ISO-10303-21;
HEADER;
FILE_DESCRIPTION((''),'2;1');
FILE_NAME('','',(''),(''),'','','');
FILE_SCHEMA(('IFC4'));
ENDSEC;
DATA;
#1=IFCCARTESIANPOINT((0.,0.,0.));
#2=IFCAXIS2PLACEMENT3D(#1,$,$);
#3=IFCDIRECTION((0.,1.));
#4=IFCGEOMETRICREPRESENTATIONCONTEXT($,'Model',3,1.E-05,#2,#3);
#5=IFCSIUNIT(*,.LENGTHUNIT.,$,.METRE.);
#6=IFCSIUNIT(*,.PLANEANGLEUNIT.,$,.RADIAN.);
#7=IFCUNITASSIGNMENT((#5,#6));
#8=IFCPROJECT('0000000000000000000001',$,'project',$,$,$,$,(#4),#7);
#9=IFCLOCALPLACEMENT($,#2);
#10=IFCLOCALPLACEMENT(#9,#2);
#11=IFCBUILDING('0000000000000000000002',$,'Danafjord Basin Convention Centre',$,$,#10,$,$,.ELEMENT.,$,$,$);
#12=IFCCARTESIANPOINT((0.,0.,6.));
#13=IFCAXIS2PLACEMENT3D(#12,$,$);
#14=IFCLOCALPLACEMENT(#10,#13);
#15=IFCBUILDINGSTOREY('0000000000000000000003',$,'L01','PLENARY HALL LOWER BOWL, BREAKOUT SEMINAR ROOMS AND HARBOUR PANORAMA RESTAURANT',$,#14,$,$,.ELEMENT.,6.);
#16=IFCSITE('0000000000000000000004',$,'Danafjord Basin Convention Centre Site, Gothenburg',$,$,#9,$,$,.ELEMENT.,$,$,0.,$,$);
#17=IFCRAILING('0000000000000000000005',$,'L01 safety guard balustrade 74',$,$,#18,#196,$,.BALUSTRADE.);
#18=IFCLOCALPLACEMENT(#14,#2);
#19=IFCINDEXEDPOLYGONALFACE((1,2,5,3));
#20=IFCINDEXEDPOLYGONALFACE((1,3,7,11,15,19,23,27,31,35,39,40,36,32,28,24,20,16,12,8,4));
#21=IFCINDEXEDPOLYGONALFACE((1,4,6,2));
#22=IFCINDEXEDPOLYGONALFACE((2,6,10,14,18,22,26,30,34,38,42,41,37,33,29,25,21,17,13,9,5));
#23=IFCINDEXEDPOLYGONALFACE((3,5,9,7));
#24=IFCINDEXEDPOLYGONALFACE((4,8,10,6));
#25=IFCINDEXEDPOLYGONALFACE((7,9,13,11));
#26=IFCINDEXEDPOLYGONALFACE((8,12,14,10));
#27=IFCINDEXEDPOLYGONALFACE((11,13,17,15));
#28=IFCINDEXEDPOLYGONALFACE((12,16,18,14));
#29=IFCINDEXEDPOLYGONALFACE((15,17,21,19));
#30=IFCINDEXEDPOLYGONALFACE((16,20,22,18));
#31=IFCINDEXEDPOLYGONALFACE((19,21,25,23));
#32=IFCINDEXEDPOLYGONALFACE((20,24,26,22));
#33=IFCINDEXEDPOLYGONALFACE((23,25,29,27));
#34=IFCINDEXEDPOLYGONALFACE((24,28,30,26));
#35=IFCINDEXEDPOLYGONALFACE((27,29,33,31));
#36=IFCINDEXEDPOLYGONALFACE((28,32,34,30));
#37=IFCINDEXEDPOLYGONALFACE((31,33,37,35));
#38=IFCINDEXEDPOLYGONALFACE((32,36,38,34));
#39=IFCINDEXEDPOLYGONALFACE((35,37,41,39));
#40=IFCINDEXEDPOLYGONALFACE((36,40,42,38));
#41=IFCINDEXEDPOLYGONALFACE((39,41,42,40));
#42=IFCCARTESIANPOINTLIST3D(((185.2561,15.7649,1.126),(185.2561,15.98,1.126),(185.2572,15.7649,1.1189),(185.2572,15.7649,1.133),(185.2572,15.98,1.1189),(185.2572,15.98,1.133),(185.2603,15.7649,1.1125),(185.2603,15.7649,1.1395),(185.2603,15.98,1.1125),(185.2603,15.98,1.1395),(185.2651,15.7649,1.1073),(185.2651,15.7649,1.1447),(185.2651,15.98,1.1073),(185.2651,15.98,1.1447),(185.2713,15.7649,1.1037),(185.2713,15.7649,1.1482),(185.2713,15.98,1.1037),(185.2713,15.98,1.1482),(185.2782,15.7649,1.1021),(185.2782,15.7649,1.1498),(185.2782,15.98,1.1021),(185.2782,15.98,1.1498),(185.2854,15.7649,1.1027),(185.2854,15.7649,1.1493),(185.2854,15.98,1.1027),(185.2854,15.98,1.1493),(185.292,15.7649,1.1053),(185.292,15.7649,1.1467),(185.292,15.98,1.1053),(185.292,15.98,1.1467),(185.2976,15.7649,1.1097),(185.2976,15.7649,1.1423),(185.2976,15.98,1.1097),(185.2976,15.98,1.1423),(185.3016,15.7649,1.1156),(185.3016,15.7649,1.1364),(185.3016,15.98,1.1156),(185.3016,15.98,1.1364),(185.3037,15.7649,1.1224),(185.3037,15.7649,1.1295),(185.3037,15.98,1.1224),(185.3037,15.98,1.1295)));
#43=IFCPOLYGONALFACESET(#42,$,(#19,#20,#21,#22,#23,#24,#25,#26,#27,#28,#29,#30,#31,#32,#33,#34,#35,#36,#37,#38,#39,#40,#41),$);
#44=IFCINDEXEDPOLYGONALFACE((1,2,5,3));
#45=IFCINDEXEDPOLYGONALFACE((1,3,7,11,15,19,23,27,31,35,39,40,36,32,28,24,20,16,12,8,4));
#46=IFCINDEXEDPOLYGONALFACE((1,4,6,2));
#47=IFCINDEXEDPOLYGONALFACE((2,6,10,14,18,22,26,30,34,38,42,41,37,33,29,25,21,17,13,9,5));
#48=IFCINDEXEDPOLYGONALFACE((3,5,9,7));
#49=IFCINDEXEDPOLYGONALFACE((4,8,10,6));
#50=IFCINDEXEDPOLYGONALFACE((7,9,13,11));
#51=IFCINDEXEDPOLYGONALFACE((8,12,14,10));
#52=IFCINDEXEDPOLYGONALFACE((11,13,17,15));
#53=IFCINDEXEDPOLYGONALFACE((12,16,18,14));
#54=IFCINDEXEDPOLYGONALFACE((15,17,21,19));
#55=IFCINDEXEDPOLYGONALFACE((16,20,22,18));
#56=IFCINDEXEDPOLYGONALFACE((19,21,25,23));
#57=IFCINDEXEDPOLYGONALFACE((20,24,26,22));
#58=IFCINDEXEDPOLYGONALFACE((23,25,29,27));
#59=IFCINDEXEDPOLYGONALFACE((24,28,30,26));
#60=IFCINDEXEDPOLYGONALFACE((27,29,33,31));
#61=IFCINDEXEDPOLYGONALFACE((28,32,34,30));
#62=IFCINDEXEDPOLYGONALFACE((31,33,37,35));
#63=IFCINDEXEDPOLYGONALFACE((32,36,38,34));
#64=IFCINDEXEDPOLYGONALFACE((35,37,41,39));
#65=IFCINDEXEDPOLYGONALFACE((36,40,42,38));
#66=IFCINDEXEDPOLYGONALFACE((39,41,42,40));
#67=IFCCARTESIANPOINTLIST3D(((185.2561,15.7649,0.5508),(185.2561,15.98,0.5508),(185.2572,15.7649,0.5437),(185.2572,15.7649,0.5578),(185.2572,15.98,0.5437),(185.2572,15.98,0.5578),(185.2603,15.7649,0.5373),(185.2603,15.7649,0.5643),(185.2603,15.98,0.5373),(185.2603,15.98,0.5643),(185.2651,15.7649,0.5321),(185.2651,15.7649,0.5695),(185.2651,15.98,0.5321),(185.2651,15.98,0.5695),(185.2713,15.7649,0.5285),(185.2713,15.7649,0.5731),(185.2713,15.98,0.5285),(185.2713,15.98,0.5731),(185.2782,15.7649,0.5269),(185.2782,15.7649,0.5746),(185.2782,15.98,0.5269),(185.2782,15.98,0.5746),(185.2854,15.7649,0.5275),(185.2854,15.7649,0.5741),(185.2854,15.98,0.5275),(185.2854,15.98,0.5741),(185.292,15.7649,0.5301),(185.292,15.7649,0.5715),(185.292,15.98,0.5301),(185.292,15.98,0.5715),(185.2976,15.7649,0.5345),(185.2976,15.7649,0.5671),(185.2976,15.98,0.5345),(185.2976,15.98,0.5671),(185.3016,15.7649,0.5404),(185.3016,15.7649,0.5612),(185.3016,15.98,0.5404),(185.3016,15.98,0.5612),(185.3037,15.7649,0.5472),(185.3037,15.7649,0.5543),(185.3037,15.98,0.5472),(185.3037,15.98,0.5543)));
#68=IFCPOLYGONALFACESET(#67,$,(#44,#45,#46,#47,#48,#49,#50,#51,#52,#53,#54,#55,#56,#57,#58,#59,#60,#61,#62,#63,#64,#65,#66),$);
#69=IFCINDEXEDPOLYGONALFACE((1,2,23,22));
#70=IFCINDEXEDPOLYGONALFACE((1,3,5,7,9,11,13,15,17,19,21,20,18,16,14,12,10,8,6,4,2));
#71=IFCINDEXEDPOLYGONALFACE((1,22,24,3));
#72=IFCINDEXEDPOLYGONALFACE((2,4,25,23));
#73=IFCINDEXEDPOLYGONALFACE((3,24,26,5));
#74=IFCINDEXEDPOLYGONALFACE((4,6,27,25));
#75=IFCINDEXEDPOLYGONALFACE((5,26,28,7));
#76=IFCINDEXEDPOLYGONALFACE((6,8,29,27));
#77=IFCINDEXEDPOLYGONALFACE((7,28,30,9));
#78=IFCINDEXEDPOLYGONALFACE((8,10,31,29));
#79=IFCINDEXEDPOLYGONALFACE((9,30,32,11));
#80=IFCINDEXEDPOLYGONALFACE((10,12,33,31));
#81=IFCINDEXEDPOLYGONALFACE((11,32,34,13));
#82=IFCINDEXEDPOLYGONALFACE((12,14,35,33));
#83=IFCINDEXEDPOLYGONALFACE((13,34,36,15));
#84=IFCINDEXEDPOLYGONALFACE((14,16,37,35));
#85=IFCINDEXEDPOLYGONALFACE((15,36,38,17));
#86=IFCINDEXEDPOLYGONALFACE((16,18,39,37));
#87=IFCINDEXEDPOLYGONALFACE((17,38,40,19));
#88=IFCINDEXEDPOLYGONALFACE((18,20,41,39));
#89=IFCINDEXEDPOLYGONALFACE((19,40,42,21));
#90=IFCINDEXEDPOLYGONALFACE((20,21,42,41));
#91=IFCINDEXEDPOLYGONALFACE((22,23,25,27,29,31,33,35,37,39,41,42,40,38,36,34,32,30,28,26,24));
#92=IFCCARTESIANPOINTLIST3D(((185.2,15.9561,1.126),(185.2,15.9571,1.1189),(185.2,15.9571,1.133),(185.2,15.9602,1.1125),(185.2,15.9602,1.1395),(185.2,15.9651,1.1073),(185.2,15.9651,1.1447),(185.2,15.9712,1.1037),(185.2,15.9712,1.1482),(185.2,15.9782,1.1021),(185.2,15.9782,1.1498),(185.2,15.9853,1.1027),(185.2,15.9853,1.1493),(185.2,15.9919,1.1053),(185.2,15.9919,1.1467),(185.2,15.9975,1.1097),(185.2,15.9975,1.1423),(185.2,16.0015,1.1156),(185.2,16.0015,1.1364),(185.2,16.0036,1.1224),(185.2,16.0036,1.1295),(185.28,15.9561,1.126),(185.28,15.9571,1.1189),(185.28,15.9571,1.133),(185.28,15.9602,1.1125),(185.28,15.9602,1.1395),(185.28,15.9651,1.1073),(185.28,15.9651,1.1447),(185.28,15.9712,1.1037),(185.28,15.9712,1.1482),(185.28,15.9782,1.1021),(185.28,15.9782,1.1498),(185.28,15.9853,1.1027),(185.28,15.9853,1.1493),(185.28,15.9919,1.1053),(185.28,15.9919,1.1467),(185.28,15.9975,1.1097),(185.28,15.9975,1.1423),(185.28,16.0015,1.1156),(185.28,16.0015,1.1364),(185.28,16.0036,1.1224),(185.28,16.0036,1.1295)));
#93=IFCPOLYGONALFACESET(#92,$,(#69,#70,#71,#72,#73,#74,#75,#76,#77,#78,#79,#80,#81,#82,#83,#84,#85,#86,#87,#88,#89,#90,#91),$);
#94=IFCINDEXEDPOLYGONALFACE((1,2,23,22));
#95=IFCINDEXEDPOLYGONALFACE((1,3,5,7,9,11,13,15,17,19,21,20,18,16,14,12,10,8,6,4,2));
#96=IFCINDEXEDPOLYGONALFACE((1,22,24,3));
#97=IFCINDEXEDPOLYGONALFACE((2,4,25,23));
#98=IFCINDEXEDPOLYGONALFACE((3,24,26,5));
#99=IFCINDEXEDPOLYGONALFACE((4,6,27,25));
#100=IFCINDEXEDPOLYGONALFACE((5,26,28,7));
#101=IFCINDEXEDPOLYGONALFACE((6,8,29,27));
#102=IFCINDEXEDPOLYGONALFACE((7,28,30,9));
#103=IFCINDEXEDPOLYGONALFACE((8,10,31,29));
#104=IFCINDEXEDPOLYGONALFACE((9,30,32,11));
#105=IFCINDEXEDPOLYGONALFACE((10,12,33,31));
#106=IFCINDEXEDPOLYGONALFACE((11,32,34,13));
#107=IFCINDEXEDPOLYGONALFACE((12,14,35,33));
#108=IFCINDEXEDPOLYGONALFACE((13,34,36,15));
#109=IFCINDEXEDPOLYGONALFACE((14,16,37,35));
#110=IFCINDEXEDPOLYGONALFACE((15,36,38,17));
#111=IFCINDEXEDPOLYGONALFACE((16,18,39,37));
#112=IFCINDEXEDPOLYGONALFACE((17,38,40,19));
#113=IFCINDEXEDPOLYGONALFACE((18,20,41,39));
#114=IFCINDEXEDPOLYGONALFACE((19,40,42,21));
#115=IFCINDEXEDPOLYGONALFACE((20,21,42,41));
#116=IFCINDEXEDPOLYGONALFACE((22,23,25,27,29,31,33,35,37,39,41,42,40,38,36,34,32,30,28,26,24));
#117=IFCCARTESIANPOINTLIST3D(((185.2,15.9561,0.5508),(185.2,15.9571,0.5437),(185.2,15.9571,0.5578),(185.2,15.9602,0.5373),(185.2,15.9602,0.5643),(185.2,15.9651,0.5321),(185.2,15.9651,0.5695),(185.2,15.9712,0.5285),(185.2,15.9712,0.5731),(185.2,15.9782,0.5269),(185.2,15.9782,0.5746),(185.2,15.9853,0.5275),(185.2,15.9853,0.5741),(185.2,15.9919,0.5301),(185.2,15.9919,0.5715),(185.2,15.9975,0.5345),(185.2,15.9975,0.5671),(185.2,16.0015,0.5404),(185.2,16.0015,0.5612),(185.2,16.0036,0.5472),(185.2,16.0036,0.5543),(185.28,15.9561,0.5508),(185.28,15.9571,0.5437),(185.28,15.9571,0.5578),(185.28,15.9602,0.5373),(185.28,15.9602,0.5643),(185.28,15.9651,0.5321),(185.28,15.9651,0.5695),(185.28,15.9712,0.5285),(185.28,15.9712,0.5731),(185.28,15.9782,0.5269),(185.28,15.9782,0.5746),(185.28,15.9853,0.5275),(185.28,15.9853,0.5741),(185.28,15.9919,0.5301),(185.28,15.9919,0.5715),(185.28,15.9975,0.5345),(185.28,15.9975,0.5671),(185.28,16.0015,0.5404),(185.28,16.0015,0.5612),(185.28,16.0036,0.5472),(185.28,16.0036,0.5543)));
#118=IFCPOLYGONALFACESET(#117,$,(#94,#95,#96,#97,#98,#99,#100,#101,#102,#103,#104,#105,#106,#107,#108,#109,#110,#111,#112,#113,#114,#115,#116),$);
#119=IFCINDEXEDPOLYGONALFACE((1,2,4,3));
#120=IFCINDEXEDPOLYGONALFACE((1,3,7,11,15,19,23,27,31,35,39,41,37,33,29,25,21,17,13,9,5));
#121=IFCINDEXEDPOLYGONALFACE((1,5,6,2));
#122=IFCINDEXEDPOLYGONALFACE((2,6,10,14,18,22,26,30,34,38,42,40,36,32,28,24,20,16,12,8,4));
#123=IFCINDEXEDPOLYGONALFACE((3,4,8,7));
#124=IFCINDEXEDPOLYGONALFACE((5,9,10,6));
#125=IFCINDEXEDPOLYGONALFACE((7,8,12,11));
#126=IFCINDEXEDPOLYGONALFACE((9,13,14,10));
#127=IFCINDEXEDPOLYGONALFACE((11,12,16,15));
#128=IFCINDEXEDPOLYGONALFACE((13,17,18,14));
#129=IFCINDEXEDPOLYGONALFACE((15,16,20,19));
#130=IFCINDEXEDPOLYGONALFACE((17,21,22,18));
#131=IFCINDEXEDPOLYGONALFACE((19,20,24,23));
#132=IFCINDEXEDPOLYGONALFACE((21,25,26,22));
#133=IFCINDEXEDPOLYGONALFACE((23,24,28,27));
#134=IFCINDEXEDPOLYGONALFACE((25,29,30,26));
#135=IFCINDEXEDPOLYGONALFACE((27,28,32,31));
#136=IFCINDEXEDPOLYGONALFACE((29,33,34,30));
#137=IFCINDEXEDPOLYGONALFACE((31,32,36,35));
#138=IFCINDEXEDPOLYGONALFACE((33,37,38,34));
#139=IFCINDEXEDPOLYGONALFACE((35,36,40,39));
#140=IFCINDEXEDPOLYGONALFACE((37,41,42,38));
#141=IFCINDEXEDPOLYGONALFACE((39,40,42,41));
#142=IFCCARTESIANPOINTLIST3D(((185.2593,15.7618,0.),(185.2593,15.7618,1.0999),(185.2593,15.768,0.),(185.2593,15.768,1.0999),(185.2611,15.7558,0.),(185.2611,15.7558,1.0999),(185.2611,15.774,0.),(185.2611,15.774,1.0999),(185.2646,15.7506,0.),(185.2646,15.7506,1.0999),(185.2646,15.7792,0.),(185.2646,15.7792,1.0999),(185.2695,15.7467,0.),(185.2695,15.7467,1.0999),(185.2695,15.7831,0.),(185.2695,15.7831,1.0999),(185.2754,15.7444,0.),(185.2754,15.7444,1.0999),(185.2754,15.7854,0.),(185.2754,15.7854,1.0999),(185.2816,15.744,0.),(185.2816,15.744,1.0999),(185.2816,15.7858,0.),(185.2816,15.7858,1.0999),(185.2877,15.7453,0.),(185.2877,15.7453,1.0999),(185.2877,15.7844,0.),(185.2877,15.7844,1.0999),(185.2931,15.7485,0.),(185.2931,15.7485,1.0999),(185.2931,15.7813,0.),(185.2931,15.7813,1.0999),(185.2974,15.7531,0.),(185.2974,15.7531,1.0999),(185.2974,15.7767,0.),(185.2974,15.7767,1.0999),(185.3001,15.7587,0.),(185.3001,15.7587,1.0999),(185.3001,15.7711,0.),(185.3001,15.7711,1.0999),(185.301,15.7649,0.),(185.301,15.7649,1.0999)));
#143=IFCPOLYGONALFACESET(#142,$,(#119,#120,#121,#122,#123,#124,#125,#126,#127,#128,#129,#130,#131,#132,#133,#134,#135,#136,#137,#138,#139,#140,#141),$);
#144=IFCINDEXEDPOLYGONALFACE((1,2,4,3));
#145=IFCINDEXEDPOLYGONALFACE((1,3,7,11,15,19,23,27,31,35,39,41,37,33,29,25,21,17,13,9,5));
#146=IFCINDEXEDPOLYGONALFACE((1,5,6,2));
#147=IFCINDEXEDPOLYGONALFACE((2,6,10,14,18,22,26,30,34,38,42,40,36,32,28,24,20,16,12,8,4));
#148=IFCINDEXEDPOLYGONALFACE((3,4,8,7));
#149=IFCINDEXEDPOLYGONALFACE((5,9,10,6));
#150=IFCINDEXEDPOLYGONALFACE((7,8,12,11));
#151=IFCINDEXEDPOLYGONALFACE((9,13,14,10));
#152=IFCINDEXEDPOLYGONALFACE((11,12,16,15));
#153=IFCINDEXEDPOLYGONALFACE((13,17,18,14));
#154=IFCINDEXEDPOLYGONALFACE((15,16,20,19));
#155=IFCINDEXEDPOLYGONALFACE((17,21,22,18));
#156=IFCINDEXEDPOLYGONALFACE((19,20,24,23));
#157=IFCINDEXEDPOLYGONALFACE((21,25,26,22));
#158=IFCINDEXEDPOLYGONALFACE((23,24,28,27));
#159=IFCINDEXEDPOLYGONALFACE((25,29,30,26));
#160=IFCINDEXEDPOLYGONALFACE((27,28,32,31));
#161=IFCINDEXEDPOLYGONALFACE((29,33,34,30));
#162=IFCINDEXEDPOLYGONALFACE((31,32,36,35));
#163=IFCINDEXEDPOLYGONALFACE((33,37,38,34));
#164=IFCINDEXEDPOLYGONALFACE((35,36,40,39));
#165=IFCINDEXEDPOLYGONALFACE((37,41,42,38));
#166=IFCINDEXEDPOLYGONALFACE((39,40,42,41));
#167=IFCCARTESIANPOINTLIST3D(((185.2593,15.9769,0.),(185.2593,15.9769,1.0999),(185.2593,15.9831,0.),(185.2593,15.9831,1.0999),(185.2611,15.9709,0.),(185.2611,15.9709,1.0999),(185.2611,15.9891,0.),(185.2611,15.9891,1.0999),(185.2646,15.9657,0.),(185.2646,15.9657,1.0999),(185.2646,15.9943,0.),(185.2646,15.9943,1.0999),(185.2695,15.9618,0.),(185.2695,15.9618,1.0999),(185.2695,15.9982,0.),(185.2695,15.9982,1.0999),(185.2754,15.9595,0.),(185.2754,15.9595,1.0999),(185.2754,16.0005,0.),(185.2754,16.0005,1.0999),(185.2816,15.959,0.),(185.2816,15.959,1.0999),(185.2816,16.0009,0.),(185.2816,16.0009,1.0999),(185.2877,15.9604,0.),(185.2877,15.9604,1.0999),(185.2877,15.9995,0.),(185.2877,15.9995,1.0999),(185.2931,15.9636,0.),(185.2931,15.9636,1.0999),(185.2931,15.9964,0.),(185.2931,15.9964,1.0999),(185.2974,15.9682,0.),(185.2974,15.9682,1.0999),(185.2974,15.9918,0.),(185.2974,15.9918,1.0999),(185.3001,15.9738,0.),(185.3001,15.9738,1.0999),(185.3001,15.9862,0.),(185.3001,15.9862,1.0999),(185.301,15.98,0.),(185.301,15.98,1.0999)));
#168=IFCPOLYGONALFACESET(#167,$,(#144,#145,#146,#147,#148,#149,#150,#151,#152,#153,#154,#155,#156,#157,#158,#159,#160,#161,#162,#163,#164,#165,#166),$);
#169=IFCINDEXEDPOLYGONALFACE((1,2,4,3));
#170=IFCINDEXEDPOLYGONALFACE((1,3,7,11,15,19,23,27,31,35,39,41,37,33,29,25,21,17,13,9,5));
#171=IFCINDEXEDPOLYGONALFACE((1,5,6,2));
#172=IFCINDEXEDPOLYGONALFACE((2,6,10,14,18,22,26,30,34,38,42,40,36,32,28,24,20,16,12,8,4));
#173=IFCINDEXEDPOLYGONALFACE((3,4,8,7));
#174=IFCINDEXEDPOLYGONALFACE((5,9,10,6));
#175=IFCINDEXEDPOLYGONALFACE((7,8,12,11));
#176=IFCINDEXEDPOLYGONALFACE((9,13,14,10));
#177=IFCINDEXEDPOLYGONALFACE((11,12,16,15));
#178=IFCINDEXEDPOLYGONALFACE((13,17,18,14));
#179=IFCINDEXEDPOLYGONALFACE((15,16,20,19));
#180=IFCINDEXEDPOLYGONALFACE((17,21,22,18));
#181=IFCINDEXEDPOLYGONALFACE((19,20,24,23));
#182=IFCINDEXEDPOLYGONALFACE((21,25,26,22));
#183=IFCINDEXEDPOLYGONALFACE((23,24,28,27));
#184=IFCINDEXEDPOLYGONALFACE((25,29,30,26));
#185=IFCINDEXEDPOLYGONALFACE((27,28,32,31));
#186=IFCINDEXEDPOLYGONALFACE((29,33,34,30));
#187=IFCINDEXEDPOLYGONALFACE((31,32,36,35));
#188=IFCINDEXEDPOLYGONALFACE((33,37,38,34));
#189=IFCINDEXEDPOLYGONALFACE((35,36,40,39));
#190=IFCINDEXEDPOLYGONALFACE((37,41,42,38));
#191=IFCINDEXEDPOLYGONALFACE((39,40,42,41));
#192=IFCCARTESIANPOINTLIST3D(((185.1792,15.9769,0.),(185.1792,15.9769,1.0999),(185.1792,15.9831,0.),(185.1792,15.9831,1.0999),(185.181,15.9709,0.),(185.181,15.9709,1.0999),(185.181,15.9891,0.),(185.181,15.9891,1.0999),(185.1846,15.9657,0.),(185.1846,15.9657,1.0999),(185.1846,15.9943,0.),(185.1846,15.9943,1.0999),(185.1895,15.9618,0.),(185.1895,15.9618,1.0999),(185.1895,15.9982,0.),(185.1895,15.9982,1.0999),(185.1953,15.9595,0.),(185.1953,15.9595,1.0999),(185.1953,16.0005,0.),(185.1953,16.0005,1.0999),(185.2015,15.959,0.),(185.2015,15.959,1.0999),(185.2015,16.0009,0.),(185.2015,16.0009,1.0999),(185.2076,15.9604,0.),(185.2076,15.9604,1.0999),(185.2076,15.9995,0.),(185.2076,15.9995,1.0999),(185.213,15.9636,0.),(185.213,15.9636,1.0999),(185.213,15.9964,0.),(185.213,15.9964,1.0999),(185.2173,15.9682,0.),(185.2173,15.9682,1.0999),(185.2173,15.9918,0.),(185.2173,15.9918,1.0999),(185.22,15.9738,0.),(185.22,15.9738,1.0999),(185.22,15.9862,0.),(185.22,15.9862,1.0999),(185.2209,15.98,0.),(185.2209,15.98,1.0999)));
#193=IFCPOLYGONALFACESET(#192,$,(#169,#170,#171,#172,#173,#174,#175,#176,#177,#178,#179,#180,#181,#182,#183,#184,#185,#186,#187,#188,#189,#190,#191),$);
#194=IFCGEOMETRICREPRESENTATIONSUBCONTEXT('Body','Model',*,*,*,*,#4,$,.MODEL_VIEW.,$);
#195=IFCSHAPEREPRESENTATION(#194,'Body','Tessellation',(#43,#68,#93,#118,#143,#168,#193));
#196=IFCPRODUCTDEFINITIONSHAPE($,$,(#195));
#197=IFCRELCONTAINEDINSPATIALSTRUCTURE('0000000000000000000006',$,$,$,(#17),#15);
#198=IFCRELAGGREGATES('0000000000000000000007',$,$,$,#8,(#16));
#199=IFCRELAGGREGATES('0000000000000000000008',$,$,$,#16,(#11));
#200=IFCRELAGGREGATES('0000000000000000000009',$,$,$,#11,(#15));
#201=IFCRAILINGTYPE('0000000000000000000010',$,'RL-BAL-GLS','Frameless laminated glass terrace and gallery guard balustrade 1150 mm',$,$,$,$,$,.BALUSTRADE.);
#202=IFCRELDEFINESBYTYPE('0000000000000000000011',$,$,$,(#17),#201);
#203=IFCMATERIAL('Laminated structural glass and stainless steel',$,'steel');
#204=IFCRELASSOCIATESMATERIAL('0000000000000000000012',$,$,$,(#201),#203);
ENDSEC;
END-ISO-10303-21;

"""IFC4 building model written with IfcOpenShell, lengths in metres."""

from ifc_helpers import new_model, si_unit, direction, frame, origin, origin_2d, place, context, subcontext, project, spatial, circle, extrude, material, type_object, element, save


model = new_model("IFC4")

# Units and contexts
model_context = context("Model", 3, precision=1e-05, world=origin(), true_north=direction((0.0, 1.0)))
body_context = subcontext(model_context, "Body", "Model", "MODEL_VIEW")
ifc_project = project(units=[si_unit("LENGTHUNIT", "METRE"), si_unit("PLANEANGLEUNIT", "RADIAN")], contexts=[model_context])

# Site, building, storey
site_placement = place(None, origin())
site = spatial("IfcSite", under=ifc_project, at=site_placement, Name="Danafjord Basin Convention Centre Site, Gothenburg", CompositionType="ELEMENT", RefElevation=0.0)
building_placement = place(site_placement, origin())
building = spatial("IfcBuilding", under=site, at=building_placement, Name="Danafjord Basin Convention Centre", CompositionType="ELEMENT")
storey_placement = place(building_placement, frame((0.0, 0.0, 6.0)))
storey = spatial("IfcBuildingStorey", under=building, at=storey_placement, Name="L01", Description="PLENARY HALL LOWER BOWL, BREAKOUT SEMINAR ROOMS AND HARBOUR PANORAMA RESTAURANT", CompositionType="ELEMENT", Elevation=6.0)

# Railing
ifc_material_1 = material(Name="Laminated structural glass and stainless steel", Category="steel")
railing_type_1 = type_object("IfcRailingType", Name="RL-BAL-GLS", Description="Frameless laminated glass terrace and gallery guard balustrade 1150 mm", PredefinedType="BALUSTRADE", material=ifc_material_1)
railing_1_placement = place(storey_placement, frame((185.28, 15.7649, 0.0)))
element("IfcRailing", 1, at=railing_1_placement, inside=storey, type_object=railing_type_1, Name="L01 safety guard balustrade 74", PredefinedType="BALUSTRADE", context=body_context, shape_type="SweptSolid", body=[
    extrude(circle(Radius=0.0239, at=origin_2d()), frame((0.0, 0.0, 1.126), z_axis=(0.0, 1.0, 0.0), x_axis=(-1.0, 0.0, 0.0)), (0.0, 0.0, 1.0), 0.2151),
    extrude(circle(Radius=0.0239, at=origin_2d()), frame((0.0, 0.0, 0.5508), z_axis=(0.0, 1.0, 0.0), x_axis=(-1.0, 0.0, 0.0)), (0.0, 0.0, 1.0), 0.2151),
    extrude(circle(Radius=0.0239, at=origin_2d()), frame((0.0, 0.2151, 1.126), z_axis=(-1.0, 0.0, 0.0), x_axis=(0.0, -1.0, 0.0)), (0.0, 0.0, 1.0), 0.0801),
    extrude(circle(Radius=0.0239, at=origin_2d()), frame((0.0, 0.2151, 0.5508), z_axis=(-1.0, 0.0, 0.0), x_axis=(0.0, -1.0, 0.0)), (0.0, 0.0, 1.0), 0.0801),
    extrude(circle(Radius=0.021, at=origin_2d()), origin(), (0.0, 0.0, 1.0), 1.0999),
    extrude(circle(Radius=0.021, at=origin_2d()), frame((0.0, 0.2151, 0.0)), (0.0, 0.0, 1.0), 1.0999),
    extrude(circle(Radius=0.021, at=origin_2d()), frame((-0.0801, 0.2151, 0.0)), (0.0, 0.0, 1.0), 1.0999),
])

save(model, "model.ifc")
